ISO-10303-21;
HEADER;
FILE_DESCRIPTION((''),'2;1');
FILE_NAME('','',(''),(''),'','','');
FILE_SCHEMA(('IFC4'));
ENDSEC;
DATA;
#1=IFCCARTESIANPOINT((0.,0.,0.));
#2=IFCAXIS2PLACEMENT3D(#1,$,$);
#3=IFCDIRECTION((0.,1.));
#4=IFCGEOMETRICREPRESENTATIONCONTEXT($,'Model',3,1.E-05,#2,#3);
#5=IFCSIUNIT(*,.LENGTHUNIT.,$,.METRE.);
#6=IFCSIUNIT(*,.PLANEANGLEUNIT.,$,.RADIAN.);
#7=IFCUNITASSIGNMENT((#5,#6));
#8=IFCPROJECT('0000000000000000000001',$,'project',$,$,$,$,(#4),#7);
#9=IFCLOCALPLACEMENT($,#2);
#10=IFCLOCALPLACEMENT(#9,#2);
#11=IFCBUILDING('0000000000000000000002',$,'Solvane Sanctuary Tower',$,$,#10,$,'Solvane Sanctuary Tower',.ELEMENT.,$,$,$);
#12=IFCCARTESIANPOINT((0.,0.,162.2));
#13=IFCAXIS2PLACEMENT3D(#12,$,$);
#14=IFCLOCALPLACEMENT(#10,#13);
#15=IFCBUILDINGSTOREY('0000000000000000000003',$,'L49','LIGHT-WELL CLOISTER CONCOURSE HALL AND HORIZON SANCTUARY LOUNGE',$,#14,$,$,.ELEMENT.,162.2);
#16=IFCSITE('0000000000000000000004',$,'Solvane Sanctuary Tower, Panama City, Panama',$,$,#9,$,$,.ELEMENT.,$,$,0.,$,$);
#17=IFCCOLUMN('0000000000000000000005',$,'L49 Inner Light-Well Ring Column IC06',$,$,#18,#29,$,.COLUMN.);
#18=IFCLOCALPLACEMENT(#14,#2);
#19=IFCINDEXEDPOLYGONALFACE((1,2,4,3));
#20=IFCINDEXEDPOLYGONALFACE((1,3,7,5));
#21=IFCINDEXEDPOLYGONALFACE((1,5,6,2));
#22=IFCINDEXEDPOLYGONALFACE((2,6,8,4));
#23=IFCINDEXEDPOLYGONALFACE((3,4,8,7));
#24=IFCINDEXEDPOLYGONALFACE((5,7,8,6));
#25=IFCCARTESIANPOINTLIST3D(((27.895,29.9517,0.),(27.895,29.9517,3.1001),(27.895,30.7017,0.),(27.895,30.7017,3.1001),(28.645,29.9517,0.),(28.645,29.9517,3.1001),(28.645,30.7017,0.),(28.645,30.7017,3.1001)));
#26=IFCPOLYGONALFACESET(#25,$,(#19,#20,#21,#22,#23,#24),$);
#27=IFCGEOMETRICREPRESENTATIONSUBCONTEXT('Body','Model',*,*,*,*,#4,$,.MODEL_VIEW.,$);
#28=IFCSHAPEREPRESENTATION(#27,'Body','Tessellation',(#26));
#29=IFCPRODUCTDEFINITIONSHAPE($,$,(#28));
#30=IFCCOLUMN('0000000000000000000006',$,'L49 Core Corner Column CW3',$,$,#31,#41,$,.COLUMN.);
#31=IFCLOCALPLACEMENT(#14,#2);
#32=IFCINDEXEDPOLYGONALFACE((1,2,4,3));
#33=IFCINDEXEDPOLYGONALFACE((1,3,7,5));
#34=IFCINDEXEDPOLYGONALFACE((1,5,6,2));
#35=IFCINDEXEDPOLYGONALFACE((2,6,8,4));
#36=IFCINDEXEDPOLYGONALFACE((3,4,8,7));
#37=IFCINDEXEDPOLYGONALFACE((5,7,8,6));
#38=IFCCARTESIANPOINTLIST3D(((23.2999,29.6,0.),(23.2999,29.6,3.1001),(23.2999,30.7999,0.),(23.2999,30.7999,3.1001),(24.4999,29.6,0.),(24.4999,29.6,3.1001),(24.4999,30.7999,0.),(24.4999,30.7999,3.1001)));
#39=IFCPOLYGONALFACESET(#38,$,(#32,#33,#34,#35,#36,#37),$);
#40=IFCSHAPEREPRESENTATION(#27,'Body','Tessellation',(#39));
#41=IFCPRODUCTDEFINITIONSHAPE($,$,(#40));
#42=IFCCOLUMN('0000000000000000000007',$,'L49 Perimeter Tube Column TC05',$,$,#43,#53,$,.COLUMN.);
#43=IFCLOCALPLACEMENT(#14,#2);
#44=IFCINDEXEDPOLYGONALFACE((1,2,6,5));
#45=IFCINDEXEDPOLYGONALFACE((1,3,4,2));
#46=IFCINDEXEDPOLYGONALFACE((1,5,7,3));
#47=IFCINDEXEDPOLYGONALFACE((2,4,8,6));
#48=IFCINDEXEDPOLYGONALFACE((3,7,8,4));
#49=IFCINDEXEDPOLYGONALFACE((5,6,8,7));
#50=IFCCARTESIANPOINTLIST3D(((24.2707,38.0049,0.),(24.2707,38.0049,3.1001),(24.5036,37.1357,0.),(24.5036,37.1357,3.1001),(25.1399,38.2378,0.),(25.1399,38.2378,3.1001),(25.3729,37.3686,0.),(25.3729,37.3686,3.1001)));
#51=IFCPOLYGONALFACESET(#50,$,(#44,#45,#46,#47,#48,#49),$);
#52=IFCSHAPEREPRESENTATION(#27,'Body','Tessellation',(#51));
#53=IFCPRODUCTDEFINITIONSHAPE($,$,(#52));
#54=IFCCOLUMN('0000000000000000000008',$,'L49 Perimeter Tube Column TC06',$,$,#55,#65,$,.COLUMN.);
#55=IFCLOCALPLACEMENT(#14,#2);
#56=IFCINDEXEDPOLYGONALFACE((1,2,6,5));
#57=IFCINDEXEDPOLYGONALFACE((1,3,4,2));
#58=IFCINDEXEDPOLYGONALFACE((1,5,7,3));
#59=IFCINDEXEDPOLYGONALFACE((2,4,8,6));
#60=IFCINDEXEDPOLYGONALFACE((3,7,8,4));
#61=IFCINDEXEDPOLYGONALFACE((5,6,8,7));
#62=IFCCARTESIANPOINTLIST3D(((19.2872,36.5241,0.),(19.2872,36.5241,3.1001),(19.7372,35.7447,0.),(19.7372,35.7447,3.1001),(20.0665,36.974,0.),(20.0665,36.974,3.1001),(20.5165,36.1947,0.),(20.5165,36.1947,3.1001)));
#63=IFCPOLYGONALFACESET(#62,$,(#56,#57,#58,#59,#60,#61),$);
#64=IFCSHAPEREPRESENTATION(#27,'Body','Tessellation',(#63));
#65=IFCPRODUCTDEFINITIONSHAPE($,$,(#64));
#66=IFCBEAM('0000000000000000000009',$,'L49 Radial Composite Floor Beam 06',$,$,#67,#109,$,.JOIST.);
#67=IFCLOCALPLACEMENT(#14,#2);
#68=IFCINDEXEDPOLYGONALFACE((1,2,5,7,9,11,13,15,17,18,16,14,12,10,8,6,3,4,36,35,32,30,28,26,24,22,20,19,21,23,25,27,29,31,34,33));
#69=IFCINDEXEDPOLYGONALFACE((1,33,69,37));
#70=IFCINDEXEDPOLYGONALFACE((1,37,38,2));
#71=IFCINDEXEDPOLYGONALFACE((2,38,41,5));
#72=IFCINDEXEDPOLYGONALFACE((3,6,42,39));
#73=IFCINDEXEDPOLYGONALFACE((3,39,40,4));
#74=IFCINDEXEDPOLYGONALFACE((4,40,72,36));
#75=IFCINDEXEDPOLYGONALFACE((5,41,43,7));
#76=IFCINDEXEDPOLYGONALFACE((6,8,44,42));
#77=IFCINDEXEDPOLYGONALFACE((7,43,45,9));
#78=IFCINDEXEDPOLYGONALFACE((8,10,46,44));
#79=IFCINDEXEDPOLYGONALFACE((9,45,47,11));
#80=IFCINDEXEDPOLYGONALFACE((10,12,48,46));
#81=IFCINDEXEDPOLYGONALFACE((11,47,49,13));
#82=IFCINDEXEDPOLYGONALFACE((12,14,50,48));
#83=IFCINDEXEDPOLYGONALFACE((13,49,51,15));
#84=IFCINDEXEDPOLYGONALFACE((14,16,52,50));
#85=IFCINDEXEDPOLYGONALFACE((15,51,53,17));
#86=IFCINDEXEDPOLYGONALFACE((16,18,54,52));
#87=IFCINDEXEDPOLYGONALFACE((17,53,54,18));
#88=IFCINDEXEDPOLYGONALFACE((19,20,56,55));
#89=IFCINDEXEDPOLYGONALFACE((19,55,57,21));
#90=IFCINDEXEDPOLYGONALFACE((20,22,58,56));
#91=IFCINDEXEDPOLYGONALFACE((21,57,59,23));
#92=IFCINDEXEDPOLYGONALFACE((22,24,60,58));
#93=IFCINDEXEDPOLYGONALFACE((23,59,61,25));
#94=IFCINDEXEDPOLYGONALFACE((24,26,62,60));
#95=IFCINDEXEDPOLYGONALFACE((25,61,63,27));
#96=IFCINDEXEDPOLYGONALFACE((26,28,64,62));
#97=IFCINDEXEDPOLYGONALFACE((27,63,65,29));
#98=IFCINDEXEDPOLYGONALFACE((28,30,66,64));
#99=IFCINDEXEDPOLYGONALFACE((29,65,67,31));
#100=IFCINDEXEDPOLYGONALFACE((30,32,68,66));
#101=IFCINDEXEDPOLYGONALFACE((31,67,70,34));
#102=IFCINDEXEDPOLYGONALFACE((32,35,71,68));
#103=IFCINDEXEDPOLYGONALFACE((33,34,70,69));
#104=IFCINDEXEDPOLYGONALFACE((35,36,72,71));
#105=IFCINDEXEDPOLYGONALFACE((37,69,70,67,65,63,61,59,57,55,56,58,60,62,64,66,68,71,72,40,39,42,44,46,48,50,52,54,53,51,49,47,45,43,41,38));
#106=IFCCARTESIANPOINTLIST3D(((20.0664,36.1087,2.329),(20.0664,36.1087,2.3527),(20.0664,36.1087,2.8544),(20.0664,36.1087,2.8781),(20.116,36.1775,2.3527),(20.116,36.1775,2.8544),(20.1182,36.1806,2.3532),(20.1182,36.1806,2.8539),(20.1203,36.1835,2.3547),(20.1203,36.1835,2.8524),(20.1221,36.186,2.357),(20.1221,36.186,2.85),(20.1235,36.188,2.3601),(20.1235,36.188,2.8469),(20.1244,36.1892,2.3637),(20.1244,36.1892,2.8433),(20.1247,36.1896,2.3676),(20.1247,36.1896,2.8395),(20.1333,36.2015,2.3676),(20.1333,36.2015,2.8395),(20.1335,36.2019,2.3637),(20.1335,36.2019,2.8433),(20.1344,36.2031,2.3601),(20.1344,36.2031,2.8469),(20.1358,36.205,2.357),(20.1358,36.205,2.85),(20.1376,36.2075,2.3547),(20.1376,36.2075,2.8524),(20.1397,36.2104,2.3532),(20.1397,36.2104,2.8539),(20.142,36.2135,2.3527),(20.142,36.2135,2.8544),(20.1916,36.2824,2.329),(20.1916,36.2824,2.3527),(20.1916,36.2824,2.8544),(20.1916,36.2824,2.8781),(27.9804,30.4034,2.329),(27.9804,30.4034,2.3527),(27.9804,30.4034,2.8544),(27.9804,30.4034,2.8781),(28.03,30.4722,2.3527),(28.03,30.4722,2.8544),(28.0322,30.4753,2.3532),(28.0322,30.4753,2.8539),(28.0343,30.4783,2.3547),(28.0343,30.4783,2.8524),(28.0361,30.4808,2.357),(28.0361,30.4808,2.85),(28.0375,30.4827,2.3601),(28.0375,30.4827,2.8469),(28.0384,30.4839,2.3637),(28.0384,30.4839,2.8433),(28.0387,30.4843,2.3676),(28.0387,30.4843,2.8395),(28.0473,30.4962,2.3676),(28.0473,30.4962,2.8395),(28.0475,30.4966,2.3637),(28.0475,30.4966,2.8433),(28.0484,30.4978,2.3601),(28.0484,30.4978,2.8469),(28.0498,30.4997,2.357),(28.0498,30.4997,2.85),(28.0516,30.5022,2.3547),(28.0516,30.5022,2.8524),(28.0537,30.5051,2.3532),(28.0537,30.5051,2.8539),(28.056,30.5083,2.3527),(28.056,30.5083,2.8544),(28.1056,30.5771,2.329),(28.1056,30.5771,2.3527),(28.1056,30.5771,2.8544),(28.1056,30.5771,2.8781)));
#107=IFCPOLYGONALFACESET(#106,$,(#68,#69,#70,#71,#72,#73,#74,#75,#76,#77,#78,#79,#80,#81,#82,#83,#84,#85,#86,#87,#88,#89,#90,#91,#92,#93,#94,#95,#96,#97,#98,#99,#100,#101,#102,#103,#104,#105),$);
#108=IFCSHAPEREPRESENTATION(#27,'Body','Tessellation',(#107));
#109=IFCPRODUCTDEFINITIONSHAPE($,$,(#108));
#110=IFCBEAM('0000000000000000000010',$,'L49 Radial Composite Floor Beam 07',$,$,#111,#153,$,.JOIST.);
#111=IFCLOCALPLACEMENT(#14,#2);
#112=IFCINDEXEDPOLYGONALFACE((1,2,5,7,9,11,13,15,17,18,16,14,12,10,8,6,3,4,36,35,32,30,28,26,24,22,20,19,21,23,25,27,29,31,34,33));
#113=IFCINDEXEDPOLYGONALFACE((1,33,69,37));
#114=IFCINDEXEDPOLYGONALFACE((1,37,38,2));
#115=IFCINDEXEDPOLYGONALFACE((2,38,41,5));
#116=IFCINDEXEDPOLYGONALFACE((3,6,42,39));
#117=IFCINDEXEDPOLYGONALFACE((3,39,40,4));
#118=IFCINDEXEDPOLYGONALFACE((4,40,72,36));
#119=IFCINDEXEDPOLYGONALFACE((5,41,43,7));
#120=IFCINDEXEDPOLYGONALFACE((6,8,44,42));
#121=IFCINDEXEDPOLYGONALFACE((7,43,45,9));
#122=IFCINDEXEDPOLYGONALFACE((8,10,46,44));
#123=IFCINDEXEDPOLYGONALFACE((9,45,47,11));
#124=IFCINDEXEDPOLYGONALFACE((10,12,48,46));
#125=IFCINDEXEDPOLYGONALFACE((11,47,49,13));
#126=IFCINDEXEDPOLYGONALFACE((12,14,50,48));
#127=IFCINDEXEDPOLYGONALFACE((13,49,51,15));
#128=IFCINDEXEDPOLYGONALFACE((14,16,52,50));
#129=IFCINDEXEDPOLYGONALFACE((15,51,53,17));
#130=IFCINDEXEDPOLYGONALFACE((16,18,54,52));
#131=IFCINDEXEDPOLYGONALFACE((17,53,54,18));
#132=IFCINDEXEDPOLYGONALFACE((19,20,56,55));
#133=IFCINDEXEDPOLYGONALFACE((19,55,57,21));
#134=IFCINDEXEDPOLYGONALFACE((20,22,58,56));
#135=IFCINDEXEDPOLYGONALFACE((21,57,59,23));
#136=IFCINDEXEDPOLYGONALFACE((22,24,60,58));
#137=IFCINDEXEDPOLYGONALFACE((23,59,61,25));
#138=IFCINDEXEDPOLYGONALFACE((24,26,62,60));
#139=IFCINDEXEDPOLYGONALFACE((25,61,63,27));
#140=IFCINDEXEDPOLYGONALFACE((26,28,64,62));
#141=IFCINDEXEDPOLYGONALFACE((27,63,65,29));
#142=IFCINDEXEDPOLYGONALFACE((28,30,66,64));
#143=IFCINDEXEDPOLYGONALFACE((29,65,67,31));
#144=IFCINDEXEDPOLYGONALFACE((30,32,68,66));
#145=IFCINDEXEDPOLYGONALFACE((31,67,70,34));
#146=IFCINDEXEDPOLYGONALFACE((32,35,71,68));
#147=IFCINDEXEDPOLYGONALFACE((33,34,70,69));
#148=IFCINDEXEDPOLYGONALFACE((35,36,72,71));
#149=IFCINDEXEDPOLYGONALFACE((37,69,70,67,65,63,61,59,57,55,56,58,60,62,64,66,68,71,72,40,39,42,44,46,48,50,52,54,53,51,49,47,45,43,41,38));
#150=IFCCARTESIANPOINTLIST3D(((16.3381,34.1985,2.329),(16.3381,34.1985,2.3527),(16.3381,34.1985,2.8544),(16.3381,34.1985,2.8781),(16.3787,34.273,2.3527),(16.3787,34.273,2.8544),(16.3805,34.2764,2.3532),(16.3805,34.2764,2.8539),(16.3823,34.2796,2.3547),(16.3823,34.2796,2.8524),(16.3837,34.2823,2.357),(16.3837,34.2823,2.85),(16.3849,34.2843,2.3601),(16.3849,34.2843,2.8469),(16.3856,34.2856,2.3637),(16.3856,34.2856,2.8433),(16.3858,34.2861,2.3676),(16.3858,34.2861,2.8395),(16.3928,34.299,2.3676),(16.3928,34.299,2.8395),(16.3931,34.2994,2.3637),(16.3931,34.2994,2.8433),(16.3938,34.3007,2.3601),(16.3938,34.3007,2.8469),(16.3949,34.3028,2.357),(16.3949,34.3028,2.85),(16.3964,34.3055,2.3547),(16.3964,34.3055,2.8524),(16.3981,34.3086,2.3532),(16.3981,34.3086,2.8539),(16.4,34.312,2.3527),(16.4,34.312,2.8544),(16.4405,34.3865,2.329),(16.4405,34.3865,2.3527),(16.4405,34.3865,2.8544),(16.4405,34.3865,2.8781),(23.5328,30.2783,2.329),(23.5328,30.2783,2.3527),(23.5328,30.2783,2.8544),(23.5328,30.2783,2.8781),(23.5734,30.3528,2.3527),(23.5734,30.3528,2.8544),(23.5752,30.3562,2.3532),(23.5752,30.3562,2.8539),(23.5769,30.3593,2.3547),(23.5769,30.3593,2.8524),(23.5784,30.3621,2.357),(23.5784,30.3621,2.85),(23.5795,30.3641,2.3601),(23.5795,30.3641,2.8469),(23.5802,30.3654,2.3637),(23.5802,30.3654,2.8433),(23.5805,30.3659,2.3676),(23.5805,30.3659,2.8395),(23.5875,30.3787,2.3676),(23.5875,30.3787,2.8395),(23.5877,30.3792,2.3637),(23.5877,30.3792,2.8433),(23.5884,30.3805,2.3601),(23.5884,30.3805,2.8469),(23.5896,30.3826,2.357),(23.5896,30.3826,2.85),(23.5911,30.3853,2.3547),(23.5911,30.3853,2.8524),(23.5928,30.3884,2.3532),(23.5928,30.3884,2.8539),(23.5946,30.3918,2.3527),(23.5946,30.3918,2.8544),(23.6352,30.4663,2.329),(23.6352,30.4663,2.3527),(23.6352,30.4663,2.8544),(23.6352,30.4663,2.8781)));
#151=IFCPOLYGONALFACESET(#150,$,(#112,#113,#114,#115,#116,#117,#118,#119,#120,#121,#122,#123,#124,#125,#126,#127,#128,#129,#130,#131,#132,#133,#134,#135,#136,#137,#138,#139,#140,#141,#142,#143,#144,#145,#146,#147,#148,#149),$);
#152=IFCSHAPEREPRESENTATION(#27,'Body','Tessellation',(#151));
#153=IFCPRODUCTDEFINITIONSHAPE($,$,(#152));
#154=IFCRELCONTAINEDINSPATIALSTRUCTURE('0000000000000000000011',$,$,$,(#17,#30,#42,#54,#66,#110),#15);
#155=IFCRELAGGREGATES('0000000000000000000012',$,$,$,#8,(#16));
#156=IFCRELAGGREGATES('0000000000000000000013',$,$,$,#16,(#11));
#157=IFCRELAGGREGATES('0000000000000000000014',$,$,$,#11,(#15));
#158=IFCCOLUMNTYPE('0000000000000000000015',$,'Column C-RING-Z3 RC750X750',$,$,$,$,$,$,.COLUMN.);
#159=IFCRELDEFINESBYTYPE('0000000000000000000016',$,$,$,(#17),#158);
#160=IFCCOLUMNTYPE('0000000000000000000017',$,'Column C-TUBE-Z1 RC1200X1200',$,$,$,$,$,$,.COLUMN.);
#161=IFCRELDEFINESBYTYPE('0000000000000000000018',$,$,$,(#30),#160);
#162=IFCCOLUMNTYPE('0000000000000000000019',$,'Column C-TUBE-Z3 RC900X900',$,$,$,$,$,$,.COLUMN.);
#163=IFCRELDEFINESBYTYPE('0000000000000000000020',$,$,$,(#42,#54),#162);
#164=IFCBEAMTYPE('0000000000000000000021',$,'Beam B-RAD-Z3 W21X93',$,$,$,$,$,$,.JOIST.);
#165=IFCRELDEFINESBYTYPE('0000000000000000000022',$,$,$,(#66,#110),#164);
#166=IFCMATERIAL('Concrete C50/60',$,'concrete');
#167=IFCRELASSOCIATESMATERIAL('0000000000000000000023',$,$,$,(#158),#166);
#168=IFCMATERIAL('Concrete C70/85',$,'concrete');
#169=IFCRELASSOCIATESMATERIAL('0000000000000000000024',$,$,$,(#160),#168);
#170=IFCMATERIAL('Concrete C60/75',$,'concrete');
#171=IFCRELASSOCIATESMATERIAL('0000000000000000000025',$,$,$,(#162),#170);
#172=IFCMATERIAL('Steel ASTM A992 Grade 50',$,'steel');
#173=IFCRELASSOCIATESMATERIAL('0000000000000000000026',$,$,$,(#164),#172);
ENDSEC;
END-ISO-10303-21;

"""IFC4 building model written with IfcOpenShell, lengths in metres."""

from ifc_helpers import new_model, si_unit, direction, frame, origin, origin_2d, place, context, subcontext, project, spatial, rectangle, i_section, extrude, material, material_profile, profile_set, type_object, element, save


model = new_model("IFC4")

# Units and contexts
model_context = context("Model", 3, precision=1e-05, world=origin(), true_north=direction((0.0, 1.0)))
body_context = subcontext(model_context, "Body", "Model", "MODEL_VIEW")
ifc_project = project(units=[si_unit("LENGTHUNIT", "METRE"), si_unit("PLANEANGLEUNIT", "RADIAN")], contexts=[model_context])

# Site, building, storey
site_placement = place(None, origin())
site = spatial("IfcSite", under=ifc_project, at=site_placement, Name="Solvane Sanctuary Tower, Panama City, Panama", CompositionType="ELEMENT", RefElevation=0.0)
building_placement = place(site_placement, origin())
building = spatial("IfcBuilding", under=site, at=building_placement, Name="Solvane Sanctuary Tower", LongName="Solvane Sanctuary Tower", CompositionType="ELEMENT")
storey_placement = place(building_placement, frame((0.0, 0.0, 162.2)))
storey = spatial("IfcBuildingStorey", under=building, at=storey_placement, Name="L49", Description="LIGHT-WELL CLOISTER CONCOURSE HALL AND HORIZON SANCTUARY LOUNGE", CompositionType="ELEMENT", Elevation=162.2)

# Columns
ifc_material_1 = material(Name="Concrete C50/60", Category="concrete")
ifc_material_profile_1 = material_profile(ifc_material_1, rectangle(XDim=0.75, YDim=0.75, at=origin_2d()), Name="RC750X750")
ifc_profile_set_1 = profile_set([ifc_material_profile_1], Name="Concrete C50/60")
column_type_1 = type_object("IfcColumnType", Name="Column C-RING-Z3 RC750X750", PredefinedType="COLUMN", material=ifc_profile_set_1)
column_1_placement = place(storey_placement, frame((28.27, 30.3267, 0.0), z_axis=(0.0, 0.0, 1.0), x_axis=(1.0, 0.0, 0.0)))
element("IfcColumn", 1, at=column_1_placement, inside=storey, type_object=column_type_1, Name="L49 Inner Light-Well Ring Column IC06", PredefinedType="COLUMN", context=body_context, shape_type="SweptSolid", body=[
    extrude(rectangle(XDim=0.75, YDim=0.75, at=origin_2d()), origin(), (0.0, 0.0, 1.0), 3.1001),
])
ifc_material_2 = material(Name="Concrete C70/85", Category="concrete")
ifc_material_profile_2 = material_profile(ifc_material_2, rectangle(XDim=1.2, YDim=1.2, at=origin_2d()), Name="RC1200X1200")
ifc_profile_set_2 = profile_set([ifc_material_profile_2], Name="Concrete C70/85")
column_type_2 = type_object("IfcColumnType", Name="Column C-TUBE-Z1 RC1200X1200", PredefinedType="COLUMN", material=ifc_profile_set_2)
column_2_placement = place(storey_placement, frame((23.8999, 30.2, 0.0), z_axis=(0.0, 0.0, 1.0), x_axis=(1.0, 0.0, 0.0)))
element("IfcColumn", 2, at=column_2_placement, inside=storey, type_object=column_type_2, Name="L49 Core Corner Column CW3", PredefinedType="COLUMN", context=body_context, shape_type="SweptSolid", body=[
    extrude(rectangle(XDim=1.2, YDim=1.2, at=origin_2d()), origin(), (0.0, 0.0, 1.0), 3.1001),
])
ifc_material_3 = material(Name="Concrete C60/75", Category="concrete")
ifc_material_profile_3 = material_profile(ifc_material_3, rectangle(XDim=0.8999, YDim=0.8999, at=origin_2d()), Name="RC900X900")
ifc_profile_set_3 = profile_set([ifc_material_profile_3], Name="Concrete C60/75")
column_type_3 = type_object("IfcColumnType", Name="Column C-TUBE-Z3 RC900X900", PredefinedType="COLUMN", material=ifc_profile_set_3)
for number, where, z_axis, x_axis, name in (
    (3, (24.8218, 37.6868, 0.0), (0.0, 0.0, 1.0), (-0.258819, 0.965926, 0.0), "L49 Perimeter Tube Column TC05"),
    (4, (19.9019, 36.3594, 0.0), (0.0, 0.0, 1.0), (-0.5, 0.866025, 0.0), "L49 Perimeter Tube Column TC06"),
):
    element("IfcColumn", number, at=place(storey_placement, frame(where, z_axis=z_axis, x_axis=x_axis)), inside=storey, type_object=column_type_3, Name=name, PredefinedType="COLUMN", context=body_context, shape_type="SweptSolid", body=[
        extrude(rectangle(XDim=0.8999, YDim=0.8999, at=origin_2d()), origin(), (0.0, 0.0, 1.0), 3.1001),
    ])

# Beams
ifc_material_4 = material(Name="Steel ASTM A992 Grade 50", Category="steel")
ifc_material_profile_4 = material_profile(ifc_material_4, i_section(OverallWidth=0.2141, OverallDepth=0.5491, WebThickness=0.0146, FlangeThickness=0.0237, FilletRadius=0.0149, at=origin_2d()), Name="W21X93")
ifc_profile_set_4 = profile_set([ifc_material_profile_4], Name="Steel ASTM A992 Grade 50")
beam_type_1 = type_object("IfcBeamType", Name="Beam B-RAD-Z3 W21X93", PredefinedType="JOIST", material=ifc_profile_set_4)
beam_1_placement = place(storey_placement, frame((28.043, 30.4902, 2.6035), z_axis=(-0.811184, 0.58479, 0.0), x_axis=(-0.58479, -0.811184, 0.0)))
element("IfcBeam", 5, at=beam_1_placement, inside=storey, type_object=beam_type_1, Name="L49 Radial Composite Floor Beam 06", PredefinedType="JOIST", context=body_context, shape_type="SweptSolid", body=[
    extrude(i_section(OverallWidth=0.2141, OverallDepth=0.5491, WebThickness=0.0146, FlangeThickness=0.0237, FilletRadius=0.0149, at=origin_2d()), origin(), (0.0, 0.0, 1.0), 9.7561),
])
beam_2_placement = place(storey_placement, frame((23.584, 30.3723, 2.6035), z_axis=(-0.878108, 0.478462, 0.0), x_axis=(-0.478462, -0.878108, 0.0)))
element("IfcBeam", 6, at=beam_2_placement, inside=storey, type_object=beam_type_1, Name="L49 Radial Composite Floor Beam 07", PredefinedType="JOIST", context=body_context, shape_type="SweptSolid", body=[
    extrude(i_section(OverallWidth=0.2141, OverallDepth=0.5491, WebThickness=0.0146, FlangeThickness=0.0237, FilletRadius=0.0149, at=origin_2d()), origin(), (0.0, 0.0, 1.0), 8.1934),
])

save(model, "model.ifc")
